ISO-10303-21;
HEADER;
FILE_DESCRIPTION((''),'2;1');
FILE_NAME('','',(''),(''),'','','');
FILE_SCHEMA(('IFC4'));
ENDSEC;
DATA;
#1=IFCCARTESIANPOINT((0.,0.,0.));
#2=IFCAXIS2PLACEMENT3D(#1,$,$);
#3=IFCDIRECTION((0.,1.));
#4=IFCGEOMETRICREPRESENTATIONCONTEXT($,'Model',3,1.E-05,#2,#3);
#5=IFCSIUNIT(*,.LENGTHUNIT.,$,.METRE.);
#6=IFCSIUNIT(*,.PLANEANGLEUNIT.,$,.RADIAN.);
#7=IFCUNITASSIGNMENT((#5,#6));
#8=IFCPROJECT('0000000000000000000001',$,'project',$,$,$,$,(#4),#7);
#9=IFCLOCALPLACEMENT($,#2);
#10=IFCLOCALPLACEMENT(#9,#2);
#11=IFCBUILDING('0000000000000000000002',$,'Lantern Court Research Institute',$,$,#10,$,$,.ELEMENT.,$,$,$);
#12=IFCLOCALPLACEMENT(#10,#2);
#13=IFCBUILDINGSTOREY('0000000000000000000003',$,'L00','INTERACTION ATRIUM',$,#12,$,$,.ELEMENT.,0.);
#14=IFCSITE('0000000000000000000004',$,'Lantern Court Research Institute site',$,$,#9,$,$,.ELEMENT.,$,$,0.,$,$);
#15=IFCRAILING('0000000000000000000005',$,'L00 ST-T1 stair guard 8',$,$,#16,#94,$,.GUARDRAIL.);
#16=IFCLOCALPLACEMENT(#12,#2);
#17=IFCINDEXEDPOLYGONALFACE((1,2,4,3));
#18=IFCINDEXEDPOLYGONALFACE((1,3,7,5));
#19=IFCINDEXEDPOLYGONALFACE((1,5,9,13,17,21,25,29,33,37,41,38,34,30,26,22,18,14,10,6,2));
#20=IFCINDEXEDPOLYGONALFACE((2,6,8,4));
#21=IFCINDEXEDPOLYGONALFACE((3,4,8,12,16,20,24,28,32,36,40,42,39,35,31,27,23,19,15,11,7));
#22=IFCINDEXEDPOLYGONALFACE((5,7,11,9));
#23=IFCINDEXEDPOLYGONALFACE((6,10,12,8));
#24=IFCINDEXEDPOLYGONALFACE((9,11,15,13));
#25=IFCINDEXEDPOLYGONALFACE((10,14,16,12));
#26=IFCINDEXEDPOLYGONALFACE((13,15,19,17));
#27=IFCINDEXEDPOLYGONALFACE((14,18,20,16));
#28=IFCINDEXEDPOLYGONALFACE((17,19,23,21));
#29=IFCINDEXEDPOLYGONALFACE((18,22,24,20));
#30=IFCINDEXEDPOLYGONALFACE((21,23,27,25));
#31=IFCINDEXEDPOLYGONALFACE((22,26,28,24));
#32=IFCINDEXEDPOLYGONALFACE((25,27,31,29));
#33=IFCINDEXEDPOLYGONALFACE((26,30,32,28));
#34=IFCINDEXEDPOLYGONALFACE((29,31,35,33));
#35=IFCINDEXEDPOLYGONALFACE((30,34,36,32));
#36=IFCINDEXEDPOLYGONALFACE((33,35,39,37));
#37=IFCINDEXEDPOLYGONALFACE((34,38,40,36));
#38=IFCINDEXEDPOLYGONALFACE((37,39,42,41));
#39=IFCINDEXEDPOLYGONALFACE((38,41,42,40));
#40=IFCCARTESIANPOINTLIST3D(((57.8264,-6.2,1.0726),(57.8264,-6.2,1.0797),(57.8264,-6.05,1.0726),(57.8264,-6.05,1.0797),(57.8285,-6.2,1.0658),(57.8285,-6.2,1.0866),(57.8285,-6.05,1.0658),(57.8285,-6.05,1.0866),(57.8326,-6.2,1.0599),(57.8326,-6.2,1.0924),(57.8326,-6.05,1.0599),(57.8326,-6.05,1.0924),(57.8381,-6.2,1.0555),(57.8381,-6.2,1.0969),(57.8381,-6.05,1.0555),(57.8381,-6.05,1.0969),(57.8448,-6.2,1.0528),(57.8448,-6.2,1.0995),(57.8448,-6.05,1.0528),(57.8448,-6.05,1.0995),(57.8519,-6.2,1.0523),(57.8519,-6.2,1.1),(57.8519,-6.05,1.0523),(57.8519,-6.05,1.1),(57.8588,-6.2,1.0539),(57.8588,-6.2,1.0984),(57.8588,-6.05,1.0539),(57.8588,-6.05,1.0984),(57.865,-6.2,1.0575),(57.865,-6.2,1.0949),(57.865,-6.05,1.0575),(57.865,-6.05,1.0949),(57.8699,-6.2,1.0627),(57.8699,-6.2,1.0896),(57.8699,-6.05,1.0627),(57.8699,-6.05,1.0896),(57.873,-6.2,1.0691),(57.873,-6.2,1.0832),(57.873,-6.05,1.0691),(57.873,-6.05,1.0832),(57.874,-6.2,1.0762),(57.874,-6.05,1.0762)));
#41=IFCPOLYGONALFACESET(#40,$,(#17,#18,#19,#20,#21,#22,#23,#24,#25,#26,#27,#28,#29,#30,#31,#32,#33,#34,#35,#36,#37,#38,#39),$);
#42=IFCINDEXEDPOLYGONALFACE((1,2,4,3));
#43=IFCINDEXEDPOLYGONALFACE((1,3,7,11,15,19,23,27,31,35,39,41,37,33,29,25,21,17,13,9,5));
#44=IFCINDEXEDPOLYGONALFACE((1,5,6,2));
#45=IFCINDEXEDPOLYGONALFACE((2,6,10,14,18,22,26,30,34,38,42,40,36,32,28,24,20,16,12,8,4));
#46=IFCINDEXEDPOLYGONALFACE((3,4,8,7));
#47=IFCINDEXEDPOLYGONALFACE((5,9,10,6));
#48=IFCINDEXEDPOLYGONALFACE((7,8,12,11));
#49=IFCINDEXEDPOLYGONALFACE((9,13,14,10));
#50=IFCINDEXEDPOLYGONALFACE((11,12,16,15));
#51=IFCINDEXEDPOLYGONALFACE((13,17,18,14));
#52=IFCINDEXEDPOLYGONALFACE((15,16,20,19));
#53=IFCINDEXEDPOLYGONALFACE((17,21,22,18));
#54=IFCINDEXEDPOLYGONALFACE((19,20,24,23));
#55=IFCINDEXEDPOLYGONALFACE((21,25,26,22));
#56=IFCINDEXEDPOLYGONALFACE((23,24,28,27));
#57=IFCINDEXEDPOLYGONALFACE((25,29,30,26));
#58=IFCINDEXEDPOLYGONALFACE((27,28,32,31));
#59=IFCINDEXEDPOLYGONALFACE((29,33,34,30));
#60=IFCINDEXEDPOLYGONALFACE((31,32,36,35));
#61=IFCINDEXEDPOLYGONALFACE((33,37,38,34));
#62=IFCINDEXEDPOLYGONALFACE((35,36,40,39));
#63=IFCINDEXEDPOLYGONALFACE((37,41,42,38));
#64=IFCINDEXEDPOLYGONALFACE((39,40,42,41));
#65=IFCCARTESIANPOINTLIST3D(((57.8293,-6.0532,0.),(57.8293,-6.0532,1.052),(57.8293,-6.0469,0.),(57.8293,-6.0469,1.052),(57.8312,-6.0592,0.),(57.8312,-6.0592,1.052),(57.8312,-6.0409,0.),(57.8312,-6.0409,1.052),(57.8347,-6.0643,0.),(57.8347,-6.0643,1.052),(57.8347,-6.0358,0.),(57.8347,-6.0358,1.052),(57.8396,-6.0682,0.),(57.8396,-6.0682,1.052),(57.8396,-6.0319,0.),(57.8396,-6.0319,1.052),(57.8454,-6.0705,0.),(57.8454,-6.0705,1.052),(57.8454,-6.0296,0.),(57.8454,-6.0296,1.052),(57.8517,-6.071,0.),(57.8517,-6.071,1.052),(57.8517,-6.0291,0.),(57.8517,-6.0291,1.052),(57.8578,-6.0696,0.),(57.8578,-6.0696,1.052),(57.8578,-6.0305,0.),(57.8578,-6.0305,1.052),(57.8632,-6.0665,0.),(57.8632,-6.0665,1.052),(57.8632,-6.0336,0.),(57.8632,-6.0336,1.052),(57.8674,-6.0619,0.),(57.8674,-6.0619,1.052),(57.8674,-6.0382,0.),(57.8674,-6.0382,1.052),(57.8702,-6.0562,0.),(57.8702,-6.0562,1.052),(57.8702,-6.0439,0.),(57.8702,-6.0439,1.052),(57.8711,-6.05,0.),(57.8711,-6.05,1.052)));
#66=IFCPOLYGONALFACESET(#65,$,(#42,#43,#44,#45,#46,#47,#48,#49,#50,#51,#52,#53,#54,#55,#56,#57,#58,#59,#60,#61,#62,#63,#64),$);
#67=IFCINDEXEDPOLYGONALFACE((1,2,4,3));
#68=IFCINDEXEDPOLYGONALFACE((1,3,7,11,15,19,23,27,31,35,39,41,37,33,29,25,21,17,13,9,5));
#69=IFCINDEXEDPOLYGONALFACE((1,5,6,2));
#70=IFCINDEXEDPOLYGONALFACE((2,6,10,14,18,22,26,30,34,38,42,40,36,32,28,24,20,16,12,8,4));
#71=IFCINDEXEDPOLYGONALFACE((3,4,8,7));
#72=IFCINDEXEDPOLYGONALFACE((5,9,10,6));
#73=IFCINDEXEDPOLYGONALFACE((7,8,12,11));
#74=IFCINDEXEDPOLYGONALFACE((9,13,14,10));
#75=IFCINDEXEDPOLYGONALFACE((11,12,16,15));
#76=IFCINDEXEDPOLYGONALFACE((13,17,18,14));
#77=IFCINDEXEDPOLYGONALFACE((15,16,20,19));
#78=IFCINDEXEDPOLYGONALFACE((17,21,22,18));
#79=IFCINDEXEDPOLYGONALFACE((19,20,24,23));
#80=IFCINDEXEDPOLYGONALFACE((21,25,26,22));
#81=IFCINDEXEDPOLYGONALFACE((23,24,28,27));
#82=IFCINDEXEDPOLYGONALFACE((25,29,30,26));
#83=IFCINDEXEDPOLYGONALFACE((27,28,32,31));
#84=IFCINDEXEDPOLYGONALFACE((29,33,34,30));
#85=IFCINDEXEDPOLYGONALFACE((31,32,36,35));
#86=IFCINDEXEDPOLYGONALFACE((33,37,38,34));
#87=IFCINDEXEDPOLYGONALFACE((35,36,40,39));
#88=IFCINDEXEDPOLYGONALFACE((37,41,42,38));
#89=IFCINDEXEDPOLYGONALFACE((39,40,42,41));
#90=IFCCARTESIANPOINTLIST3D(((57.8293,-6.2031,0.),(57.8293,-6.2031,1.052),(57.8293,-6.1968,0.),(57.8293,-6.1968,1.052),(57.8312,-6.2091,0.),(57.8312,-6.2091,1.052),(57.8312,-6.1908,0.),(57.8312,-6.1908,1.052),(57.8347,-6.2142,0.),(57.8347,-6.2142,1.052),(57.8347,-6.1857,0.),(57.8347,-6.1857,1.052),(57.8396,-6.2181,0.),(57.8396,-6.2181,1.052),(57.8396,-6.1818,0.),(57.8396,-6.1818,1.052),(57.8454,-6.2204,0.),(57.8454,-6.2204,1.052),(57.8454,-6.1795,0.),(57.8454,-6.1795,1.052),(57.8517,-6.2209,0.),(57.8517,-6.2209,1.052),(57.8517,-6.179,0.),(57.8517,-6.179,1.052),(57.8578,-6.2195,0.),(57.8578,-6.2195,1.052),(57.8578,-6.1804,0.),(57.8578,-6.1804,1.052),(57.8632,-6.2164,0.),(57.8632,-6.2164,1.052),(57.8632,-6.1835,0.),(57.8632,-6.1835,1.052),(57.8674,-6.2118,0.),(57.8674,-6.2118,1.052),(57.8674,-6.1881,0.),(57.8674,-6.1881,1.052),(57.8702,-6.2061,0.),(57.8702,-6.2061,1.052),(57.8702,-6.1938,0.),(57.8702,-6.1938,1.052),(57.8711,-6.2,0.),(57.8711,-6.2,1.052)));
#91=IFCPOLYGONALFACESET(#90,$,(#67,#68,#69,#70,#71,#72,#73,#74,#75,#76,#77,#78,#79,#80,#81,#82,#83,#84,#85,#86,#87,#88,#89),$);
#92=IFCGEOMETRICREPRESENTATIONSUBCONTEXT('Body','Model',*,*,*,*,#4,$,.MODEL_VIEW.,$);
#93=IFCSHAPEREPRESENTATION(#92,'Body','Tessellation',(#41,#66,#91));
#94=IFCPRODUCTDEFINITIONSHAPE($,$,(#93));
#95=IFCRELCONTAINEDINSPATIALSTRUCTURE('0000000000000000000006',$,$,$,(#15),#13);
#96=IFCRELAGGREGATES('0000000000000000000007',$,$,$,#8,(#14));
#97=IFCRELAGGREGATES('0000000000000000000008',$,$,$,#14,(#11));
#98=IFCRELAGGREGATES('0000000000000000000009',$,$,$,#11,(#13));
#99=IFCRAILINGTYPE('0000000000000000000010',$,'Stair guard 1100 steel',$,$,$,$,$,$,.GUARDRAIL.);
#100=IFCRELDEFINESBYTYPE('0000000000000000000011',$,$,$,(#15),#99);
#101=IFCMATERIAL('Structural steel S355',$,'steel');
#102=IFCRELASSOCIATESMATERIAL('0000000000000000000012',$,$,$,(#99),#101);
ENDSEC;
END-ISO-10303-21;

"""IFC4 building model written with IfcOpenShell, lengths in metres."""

from ifc_helpers import new_model, si_unit, direction, frame, origin, origin_2d, place, context, subcontext, project, spatial, circle, extrude, material, type_object, element, save


model = new_model("IFC4")

# Units and contexts
model_context = context("Model", 3, precision=1e-05, world=origin(), true_north=direction((0.0, 1.0)))
body_context = subcontext(model_context, "Body", "Model", "MODEL_VIEW")
ifc_project = project(units=[si_unit("LENGTHUNIT", "METRE"), si_unit("PLANEANGLEUNIT", "RADIAN")], contexts=[model_context])

# Site, building, storey
site_placement = place(None, origin())
site = spatial("IfcSite", under=ifc_project, at=site_placement, Name="Lantern Court Research Institute site", CompositionType="ELEMENT", RefElevation=0.0)
building_placement = place(site_placement, origin())
building = spatial("IfcBuilding", under=site, at=building_placement, Name="Lantern Court Research Institute", CompositionType="ELEMENT")
storey_placement = place(building_placement, origin())
storey = spatial("IfcBuildingStorey", under=building, at=storey_placement, Name="L00", Description="INTERACTION ATRIUM", CompositionType="ELEMENT", Elevation=0.0)

# Railing
ifc_material_1 = material(Name="Structural steel S355", Category="steel")
railing_type_1 = type_object("IfcRailingType", Name="Stair guard 1100 steel", PredefinedType="GUARDRAIL", material=ifc_material_1)
for number, where, name in (
    (1, (57.8501, -6.05, 0.0), "L00 ST-T1 stair guard 8"),
):
    element("IfcRailing", number, at=place(storey_placement, frame(where)), inside=storey, type_object=railing_type_1, Name=name, PredefinedType="GUARDRAIL", context=body_context, shape_type="SweptSolid", body=[
        extrude(circle(Radius=0.0239, at=origin_2d()), frame((0.0, 0.0, 1.0762), z_axis=(0.0, -1.0, 0.0), x_axis=(1.0, 0.0, 0.0)), (0.0, 0.0, 1.0), 0.1499),
        extrude(circle(Radius=0.021, at=origin_2d()), origin(), (0.0, 0.0, 1.0), 1.052),
        extrude(circle(Radius=0.021, at=origin_2d()), frame((0.0, -0.1499, 0.0)), (0.0, 0.0, 1.0), 1.052),
    ])

save(model, "model.ifc")
